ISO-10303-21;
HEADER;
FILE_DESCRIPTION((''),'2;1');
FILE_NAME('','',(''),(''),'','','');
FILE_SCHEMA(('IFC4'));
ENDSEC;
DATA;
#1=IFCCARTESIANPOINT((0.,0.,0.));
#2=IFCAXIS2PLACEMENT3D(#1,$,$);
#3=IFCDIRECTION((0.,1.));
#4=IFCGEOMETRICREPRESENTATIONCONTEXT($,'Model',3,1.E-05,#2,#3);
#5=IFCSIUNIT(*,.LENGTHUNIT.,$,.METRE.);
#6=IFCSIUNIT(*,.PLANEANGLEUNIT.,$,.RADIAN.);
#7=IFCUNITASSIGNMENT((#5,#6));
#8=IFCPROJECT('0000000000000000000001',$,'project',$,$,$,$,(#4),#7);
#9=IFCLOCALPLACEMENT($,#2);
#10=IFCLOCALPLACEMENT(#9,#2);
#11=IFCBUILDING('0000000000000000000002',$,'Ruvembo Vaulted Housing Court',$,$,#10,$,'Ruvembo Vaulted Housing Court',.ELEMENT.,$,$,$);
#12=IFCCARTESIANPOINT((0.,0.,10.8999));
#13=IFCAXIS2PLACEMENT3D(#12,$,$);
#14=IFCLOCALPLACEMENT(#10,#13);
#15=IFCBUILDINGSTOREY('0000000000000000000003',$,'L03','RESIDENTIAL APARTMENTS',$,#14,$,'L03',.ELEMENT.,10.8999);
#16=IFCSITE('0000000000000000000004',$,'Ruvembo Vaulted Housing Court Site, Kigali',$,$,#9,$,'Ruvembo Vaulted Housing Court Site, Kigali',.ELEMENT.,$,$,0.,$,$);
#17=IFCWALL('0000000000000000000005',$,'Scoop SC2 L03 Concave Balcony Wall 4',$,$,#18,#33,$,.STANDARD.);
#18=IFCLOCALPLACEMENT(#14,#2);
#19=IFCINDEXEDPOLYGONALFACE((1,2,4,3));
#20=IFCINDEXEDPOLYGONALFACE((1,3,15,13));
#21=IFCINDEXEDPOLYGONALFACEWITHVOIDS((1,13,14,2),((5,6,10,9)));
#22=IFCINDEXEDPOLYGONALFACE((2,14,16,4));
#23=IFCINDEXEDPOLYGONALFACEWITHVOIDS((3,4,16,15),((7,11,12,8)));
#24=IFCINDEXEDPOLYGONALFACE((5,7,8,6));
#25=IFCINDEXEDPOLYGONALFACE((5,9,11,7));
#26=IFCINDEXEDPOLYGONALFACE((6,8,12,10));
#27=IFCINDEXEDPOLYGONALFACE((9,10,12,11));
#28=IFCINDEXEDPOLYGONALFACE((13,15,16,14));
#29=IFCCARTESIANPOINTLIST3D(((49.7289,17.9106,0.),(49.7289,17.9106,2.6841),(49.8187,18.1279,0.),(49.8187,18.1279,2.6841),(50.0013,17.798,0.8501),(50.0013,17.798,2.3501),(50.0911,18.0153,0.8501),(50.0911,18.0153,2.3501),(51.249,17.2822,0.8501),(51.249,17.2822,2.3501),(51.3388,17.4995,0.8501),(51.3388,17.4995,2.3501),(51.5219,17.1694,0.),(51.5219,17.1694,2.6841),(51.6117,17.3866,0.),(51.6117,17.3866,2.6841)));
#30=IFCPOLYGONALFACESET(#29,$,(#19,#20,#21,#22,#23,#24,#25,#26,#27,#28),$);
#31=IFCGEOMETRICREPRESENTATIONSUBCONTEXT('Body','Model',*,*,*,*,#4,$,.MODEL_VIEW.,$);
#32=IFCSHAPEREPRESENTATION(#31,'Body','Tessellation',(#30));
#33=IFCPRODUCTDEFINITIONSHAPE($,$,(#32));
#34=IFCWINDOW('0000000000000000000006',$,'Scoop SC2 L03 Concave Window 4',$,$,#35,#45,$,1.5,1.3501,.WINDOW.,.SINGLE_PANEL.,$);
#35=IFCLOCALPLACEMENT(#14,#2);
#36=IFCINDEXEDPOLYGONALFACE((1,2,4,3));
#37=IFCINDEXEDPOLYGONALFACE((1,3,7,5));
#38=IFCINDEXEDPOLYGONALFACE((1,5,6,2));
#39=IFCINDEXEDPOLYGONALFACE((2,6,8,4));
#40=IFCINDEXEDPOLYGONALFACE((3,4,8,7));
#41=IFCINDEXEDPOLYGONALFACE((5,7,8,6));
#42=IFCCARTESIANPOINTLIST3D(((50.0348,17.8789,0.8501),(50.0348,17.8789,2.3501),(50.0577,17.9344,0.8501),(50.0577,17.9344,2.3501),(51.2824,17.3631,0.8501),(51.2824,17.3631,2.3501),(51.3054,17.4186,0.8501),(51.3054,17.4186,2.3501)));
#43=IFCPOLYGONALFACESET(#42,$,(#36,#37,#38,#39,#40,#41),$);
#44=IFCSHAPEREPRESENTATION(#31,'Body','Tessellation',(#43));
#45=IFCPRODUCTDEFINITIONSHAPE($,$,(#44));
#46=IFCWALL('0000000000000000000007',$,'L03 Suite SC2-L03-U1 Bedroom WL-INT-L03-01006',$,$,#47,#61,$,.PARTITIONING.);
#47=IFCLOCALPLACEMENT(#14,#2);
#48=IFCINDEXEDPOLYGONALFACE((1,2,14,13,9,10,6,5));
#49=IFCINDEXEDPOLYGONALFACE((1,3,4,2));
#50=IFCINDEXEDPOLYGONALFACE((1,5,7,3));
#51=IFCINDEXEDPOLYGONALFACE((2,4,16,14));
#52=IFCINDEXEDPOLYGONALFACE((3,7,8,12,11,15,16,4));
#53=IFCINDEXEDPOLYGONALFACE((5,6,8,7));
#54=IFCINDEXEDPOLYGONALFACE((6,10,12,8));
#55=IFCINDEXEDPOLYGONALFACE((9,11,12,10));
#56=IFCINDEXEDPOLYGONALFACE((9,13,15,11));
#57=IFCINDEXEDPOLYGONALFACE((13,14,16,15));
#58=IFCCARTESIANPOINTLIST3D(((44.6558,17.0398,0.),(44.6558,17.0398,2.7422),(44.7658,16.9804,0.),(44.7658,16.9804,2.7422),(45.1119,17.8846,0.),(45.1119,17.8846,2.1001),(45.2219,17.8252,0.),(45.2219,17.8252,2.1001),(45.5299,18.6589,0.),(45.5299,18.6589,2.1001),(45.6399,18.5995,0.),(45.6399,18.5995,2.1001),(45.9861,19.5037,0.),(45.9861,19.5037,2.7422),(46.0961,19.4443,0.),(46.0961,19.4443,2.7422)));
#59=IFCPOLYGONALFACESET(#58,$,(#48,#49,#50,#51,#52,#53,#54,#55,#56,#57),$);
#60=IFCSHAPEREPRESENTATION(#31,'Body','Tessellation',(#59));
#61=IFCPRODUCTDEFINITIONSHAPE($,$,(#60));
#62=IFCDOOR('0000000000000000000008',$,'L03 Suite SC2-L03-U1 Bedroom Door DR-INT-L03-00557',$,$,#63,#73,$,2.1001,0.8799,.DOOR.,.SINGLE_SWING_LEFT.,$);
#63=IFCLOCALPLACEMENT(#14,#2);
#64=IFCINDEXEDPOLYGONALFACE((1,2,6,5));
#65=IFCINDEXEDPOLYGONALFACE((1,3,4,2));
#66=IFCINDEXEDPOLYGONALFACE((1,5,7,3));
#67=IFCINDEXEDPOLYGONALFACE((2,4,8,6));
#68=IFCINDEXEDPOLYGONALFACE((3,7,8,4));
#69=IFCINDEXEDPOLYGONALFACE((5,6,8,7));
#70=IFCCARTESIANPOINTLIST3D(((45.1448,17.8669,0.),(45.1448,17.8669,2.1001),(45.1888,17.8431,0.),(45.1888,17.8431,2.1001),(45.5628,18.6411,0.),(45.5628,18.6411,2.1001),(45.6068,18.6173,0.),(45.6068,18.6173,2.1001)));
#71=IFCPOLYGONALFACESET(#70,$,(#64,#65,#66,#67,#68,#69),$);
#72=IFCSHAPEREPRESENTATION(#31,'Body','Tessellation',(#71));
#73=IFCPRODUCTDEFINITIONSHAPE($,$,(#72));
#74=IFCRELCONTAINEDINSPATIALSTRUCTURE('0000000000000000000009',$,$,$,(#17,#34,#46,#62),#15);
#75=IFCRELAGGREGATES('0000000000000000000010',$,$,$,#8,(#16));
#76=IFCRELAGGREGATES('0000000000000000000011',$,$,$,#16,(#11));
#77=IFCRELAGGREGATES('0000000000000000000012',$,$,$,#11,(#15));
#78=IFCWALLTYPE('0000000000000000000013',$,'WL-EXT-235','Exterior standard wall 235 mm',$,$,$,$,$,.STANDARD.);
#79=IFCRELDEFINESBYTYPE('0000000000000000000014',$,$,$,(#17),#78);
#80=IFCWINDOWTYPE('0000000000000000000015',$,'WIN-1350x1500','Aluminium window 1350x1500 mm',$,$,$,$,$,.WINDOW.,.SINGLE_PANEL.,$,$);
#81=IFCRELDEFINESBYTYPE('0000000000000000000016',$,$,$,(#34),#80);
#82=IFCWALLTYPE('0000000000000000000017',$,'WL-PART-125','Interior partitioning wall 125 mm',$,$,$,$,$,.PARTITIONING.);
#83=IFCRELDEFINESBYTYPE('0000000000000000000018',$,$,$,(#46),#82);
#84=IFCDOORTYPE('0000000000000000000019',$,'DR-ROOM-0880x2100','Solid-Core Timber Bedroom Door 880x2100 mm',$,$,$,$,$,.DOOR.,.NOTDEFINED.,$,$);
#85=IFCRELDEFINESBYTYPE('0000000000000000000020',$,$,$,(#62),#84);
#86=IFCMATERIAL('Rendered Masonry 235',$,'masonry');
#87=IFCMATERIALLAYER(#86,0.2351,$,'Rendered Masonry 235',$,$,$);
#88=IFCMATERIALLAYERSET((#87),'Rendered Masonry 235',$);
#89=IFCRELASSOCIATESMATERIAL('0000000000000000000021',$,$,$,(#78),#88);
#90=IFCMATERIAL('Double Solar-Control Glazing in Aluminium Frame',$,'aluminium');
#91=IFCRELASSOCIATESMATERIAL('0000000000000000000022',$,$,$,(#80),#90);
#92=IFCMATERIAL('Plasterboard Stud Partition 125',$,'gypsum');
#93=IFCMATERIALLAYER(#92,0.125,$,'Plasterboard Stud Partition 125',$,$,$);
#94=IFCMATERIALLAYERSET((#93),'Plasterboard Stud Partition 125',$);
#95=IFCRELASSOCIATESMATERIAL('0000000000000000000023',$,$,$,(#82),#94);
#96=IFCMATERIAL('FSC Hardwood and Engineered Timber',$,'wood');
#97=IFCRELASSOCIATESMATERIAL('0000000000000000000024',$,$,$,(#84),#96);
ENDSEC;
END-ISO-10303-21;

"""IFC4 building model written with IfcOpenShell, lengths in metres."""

from ifc_helpers import new_model, si_unit, direction, frame, frame_2d, origin, place, context, subcontext, project, spatial, rectangle, extrude, material, layer, layer_set, type_object, element, fill, save


model = new_model("IFC4")

# Units and contexts
model_context = context("Model", 3, precision=1e-05, world=origin(), true_north=direction((0.0, 1.0)))
body_context = subcontext(model_context, "Body", "Model", "MODEL_VIEW")
ifc_project = project(units=[si_unit("LENGTHUNIT", "METRE"), si_unit("PLANEANGLEUNIT", "RADIAN")], contexts=[model_context])

# Site, building, storey
site_placement = place(None, origin())
site = spatial("IfcSite", under=ifc_project, at=site_placement, Name="Ruvembo Vaulted Housing Court Site, Kigali", LongName="Ruvembo Vaulted Housing Court Site, Kigali", CompositionType="ELEMENT", RefElevation=0.0)
building_placement = place(site_placement, origin())
building = spatial("IfcBuilding", under=site, at=building_placement, Name="Ruvembo Vaulted Housing Court", LongName="Ruvembo Vaulted Housing Court", CompositionType="ELEMENT")
storey_placement = place(building_placement, frame((0.0, 0.0, 10.8999)))
storey = spatial("IfcBuildingStorey", under=building, at=storey_placement, Name="L03", Description="RESIDENTIAL APARTMENTS", LongName="L03", CompositionType="ELEMENT", Elevation=10.8999)

# Shared definitions
ifc_material_1 = material(Name="Rendered Masonry 235", Category="masonry")
ifc_layer_1 = layer(ifc_material_1, 0.2351, Name="Rendered Masonry 235")
ifc_layer_set_1 = layer_set([ifc_layer_1], Name="Rendered Masonry 235")
wall_type_1 = type_object("IfcWallType", Name="WL-EXT-235", Description="Exterior standard wall 235 mm", PredefinedType="STANDARD", material=ifc_layer_set_1)
ifc_material_2 = material(Name="Double Solar-Control Glazing in Aluminium Frame", Category="aluminium")

# Wall, opening, window
wall_1_placement = place(storey_placement, frame((49.7737, 18.0193, 0.0), z_axis=(0.0, 0.0, 1.0), x_axis=(0.924146, -0.382041, 0.0)))
wall_1 = element("IfcWall", 1, at=wall_1_placement, inside=storey, type_object=wall_type_1, Name="Scoop SC2 L03 Concave Balcony Wall 4", PredefinedType="STANDARD", context=body_context, shape_type="SweptSolid", body=[
    extrude(rectangle(XDim=1.9402, YDim=0.2351, at=frame_2d((0.9702, 0.0))), origin(), (0.0, 0.0, 1.0), 2.6841),
])
opening_1_placement = place(wall_1_placement, frame((0.2949, 0.0, 0.8501)))
opening_1 = element("IfcOpeningElement", 2, at=opening_1_placement, cuts=wall_1, PredefinedType="OPENING", context=body_context, shape_type="SweptSolid", body=[
    extrude(rectangle(XDim=1.3501, YDim=1.5, at=frame_2d((0.675, 0.75))), frame((0.0, 0.1274, 0.0), z_axis=(0.0, -1.0, 0.0), x_axis=(1.0, 0.0, 0.0)), (0.0, 0.0, 1.0), 0.2551),
])
window_type_1 = type_object("IfcWindowType", Name="WIN-1350x1500", Description="Aluminium window 1350x1500 mm", PartitioningType="SINGLE_PANEL", PredefinedType="WINDOW", material=ifc_material_2)
window_1_placement = place(opening_1_placement, origin())
window_1 = element("IfcWindow", 3, at=window_1_placement, inside=storey, type_object=window_type_1, Name="Scoop SC2 L03 Concave Window 4", OverallHeight=1.5, OverallWidth=1.3501, PartitioningType="SINGLE_PANEL", PredefinedType="WINDOW", context=body_context, shape_type="SweptSolid", body=[
    extrude(rectangle(XDim=1.3501, YDim=1.5, at=frame_2d((0.675, 0.75))), frame((0.0, 0.03, 0.0), z_axis=(0.0, -1.0, 0.0), x_axis=(1.0, 0.0, 0.0)), (0.0, 0.0, 1.0), 0.0601),
])
fill(opening_1, window_1)

# Wall, opening, door
ifc_material_3 = material(Name="Plasterboard Stud Partition 125", Category="gypsum")
ifc_layer_2 = layer(ifc_material_3, 0.125, Name="Plasterboard Stud Partition 125")
ifc_layer_set_2 = layer_set([ifc_layer_2], Name="Plasterboard Stud Partition 125")
wall_type_2 = type_object("IfcWallType", Name="WL-PART-125", Description="Interior partitioning wall 125 mm", PredefinedType="PARTITIONING", material=ifc_layer_set_2)
wall_2_placement = place(storey_placement, frame((46.041, 19.4739, 0.0), z_axis=(0.0, 0.0, 1.0), x_axis=(-0.475103, -0.87993, 0.0)))
wall_2 = element("IfcWall", 4, at=wall_2_placement, inside=storey, type_object=wall_type_2, Name="L03 Suite SC2-L03-U1 Bedroom WL-INT-L03-01006", PredefinedType="PARTITIONING", context=body_context, shape_type="SweptSolid", body=[
    extrude(rectangle(XDim=2.8, YDim=0.125, at=frame_2d((1.3999, 0.0))), origin(), (0.0, 0.0, 1.0), 2.7422),
])
opening_2_placement = place(wall_2_placement, frame((0.96, 0.0, 0.0)))
opening_2 = element("IfcOpeningElement", 5, at=opening_2_placement, cuts=wall_2, PredefinedType="OPENING", context=body_context, shape_type="SweptSolid", body=[
    extrude(rectangle(XDim=0.8799, YDim=2.1001, at=frame_2d((0.4399, 1.05))), frame((0.0, 0.0725, 0.0), z_axis=(0.0, -1.0, 0.0), x_axis=(1.0, 0.0, 0.0)), (0.0, 0.0, 1.0), 0.145),
])
ifc_material_4 = material(Name="FSC Hardwood and Engineered Timber", Category="wood")
door_type_1 = type_object("IfcDoorType", Name="DR-ROOM-0880x2100", Description="Solid-Core Timber Bedroom Door 880x2100 mm", OperationType="NOTDEFINED", PredefinedType="DOOR", material=ifc_material_4)
door_1_placement = place(opening_2_placement, origin())
door_1 = element("IfcDoor", 6, at=door_1_placement, inside=storey, type_object=door_type_1, Name="L03 Suite SC2-L03-U1 Bedroom Door DR-INT-L03-00557", OperationType="SINGLE_SWING_LEFT", OverallHeight=2.1001, OverallWidth=0.8799, PredefinedType="DOOR", context=body_context, shape_type="SweptSolid", body=[
    extrude(rectangle(XDim=0.8799, YDim=2.1001, at=frame_2d((0.4399, 1.05))), frame((0.0, 0.0249, 0.0), z_axis=(0.0, -1.0, 0.0), x_axis=(1.0, 0.0, 0.0)), (0.0, 0.0, 1.0), 0.05),
])
fill(opening_2, door_1)

save(model, "model.ifc")
